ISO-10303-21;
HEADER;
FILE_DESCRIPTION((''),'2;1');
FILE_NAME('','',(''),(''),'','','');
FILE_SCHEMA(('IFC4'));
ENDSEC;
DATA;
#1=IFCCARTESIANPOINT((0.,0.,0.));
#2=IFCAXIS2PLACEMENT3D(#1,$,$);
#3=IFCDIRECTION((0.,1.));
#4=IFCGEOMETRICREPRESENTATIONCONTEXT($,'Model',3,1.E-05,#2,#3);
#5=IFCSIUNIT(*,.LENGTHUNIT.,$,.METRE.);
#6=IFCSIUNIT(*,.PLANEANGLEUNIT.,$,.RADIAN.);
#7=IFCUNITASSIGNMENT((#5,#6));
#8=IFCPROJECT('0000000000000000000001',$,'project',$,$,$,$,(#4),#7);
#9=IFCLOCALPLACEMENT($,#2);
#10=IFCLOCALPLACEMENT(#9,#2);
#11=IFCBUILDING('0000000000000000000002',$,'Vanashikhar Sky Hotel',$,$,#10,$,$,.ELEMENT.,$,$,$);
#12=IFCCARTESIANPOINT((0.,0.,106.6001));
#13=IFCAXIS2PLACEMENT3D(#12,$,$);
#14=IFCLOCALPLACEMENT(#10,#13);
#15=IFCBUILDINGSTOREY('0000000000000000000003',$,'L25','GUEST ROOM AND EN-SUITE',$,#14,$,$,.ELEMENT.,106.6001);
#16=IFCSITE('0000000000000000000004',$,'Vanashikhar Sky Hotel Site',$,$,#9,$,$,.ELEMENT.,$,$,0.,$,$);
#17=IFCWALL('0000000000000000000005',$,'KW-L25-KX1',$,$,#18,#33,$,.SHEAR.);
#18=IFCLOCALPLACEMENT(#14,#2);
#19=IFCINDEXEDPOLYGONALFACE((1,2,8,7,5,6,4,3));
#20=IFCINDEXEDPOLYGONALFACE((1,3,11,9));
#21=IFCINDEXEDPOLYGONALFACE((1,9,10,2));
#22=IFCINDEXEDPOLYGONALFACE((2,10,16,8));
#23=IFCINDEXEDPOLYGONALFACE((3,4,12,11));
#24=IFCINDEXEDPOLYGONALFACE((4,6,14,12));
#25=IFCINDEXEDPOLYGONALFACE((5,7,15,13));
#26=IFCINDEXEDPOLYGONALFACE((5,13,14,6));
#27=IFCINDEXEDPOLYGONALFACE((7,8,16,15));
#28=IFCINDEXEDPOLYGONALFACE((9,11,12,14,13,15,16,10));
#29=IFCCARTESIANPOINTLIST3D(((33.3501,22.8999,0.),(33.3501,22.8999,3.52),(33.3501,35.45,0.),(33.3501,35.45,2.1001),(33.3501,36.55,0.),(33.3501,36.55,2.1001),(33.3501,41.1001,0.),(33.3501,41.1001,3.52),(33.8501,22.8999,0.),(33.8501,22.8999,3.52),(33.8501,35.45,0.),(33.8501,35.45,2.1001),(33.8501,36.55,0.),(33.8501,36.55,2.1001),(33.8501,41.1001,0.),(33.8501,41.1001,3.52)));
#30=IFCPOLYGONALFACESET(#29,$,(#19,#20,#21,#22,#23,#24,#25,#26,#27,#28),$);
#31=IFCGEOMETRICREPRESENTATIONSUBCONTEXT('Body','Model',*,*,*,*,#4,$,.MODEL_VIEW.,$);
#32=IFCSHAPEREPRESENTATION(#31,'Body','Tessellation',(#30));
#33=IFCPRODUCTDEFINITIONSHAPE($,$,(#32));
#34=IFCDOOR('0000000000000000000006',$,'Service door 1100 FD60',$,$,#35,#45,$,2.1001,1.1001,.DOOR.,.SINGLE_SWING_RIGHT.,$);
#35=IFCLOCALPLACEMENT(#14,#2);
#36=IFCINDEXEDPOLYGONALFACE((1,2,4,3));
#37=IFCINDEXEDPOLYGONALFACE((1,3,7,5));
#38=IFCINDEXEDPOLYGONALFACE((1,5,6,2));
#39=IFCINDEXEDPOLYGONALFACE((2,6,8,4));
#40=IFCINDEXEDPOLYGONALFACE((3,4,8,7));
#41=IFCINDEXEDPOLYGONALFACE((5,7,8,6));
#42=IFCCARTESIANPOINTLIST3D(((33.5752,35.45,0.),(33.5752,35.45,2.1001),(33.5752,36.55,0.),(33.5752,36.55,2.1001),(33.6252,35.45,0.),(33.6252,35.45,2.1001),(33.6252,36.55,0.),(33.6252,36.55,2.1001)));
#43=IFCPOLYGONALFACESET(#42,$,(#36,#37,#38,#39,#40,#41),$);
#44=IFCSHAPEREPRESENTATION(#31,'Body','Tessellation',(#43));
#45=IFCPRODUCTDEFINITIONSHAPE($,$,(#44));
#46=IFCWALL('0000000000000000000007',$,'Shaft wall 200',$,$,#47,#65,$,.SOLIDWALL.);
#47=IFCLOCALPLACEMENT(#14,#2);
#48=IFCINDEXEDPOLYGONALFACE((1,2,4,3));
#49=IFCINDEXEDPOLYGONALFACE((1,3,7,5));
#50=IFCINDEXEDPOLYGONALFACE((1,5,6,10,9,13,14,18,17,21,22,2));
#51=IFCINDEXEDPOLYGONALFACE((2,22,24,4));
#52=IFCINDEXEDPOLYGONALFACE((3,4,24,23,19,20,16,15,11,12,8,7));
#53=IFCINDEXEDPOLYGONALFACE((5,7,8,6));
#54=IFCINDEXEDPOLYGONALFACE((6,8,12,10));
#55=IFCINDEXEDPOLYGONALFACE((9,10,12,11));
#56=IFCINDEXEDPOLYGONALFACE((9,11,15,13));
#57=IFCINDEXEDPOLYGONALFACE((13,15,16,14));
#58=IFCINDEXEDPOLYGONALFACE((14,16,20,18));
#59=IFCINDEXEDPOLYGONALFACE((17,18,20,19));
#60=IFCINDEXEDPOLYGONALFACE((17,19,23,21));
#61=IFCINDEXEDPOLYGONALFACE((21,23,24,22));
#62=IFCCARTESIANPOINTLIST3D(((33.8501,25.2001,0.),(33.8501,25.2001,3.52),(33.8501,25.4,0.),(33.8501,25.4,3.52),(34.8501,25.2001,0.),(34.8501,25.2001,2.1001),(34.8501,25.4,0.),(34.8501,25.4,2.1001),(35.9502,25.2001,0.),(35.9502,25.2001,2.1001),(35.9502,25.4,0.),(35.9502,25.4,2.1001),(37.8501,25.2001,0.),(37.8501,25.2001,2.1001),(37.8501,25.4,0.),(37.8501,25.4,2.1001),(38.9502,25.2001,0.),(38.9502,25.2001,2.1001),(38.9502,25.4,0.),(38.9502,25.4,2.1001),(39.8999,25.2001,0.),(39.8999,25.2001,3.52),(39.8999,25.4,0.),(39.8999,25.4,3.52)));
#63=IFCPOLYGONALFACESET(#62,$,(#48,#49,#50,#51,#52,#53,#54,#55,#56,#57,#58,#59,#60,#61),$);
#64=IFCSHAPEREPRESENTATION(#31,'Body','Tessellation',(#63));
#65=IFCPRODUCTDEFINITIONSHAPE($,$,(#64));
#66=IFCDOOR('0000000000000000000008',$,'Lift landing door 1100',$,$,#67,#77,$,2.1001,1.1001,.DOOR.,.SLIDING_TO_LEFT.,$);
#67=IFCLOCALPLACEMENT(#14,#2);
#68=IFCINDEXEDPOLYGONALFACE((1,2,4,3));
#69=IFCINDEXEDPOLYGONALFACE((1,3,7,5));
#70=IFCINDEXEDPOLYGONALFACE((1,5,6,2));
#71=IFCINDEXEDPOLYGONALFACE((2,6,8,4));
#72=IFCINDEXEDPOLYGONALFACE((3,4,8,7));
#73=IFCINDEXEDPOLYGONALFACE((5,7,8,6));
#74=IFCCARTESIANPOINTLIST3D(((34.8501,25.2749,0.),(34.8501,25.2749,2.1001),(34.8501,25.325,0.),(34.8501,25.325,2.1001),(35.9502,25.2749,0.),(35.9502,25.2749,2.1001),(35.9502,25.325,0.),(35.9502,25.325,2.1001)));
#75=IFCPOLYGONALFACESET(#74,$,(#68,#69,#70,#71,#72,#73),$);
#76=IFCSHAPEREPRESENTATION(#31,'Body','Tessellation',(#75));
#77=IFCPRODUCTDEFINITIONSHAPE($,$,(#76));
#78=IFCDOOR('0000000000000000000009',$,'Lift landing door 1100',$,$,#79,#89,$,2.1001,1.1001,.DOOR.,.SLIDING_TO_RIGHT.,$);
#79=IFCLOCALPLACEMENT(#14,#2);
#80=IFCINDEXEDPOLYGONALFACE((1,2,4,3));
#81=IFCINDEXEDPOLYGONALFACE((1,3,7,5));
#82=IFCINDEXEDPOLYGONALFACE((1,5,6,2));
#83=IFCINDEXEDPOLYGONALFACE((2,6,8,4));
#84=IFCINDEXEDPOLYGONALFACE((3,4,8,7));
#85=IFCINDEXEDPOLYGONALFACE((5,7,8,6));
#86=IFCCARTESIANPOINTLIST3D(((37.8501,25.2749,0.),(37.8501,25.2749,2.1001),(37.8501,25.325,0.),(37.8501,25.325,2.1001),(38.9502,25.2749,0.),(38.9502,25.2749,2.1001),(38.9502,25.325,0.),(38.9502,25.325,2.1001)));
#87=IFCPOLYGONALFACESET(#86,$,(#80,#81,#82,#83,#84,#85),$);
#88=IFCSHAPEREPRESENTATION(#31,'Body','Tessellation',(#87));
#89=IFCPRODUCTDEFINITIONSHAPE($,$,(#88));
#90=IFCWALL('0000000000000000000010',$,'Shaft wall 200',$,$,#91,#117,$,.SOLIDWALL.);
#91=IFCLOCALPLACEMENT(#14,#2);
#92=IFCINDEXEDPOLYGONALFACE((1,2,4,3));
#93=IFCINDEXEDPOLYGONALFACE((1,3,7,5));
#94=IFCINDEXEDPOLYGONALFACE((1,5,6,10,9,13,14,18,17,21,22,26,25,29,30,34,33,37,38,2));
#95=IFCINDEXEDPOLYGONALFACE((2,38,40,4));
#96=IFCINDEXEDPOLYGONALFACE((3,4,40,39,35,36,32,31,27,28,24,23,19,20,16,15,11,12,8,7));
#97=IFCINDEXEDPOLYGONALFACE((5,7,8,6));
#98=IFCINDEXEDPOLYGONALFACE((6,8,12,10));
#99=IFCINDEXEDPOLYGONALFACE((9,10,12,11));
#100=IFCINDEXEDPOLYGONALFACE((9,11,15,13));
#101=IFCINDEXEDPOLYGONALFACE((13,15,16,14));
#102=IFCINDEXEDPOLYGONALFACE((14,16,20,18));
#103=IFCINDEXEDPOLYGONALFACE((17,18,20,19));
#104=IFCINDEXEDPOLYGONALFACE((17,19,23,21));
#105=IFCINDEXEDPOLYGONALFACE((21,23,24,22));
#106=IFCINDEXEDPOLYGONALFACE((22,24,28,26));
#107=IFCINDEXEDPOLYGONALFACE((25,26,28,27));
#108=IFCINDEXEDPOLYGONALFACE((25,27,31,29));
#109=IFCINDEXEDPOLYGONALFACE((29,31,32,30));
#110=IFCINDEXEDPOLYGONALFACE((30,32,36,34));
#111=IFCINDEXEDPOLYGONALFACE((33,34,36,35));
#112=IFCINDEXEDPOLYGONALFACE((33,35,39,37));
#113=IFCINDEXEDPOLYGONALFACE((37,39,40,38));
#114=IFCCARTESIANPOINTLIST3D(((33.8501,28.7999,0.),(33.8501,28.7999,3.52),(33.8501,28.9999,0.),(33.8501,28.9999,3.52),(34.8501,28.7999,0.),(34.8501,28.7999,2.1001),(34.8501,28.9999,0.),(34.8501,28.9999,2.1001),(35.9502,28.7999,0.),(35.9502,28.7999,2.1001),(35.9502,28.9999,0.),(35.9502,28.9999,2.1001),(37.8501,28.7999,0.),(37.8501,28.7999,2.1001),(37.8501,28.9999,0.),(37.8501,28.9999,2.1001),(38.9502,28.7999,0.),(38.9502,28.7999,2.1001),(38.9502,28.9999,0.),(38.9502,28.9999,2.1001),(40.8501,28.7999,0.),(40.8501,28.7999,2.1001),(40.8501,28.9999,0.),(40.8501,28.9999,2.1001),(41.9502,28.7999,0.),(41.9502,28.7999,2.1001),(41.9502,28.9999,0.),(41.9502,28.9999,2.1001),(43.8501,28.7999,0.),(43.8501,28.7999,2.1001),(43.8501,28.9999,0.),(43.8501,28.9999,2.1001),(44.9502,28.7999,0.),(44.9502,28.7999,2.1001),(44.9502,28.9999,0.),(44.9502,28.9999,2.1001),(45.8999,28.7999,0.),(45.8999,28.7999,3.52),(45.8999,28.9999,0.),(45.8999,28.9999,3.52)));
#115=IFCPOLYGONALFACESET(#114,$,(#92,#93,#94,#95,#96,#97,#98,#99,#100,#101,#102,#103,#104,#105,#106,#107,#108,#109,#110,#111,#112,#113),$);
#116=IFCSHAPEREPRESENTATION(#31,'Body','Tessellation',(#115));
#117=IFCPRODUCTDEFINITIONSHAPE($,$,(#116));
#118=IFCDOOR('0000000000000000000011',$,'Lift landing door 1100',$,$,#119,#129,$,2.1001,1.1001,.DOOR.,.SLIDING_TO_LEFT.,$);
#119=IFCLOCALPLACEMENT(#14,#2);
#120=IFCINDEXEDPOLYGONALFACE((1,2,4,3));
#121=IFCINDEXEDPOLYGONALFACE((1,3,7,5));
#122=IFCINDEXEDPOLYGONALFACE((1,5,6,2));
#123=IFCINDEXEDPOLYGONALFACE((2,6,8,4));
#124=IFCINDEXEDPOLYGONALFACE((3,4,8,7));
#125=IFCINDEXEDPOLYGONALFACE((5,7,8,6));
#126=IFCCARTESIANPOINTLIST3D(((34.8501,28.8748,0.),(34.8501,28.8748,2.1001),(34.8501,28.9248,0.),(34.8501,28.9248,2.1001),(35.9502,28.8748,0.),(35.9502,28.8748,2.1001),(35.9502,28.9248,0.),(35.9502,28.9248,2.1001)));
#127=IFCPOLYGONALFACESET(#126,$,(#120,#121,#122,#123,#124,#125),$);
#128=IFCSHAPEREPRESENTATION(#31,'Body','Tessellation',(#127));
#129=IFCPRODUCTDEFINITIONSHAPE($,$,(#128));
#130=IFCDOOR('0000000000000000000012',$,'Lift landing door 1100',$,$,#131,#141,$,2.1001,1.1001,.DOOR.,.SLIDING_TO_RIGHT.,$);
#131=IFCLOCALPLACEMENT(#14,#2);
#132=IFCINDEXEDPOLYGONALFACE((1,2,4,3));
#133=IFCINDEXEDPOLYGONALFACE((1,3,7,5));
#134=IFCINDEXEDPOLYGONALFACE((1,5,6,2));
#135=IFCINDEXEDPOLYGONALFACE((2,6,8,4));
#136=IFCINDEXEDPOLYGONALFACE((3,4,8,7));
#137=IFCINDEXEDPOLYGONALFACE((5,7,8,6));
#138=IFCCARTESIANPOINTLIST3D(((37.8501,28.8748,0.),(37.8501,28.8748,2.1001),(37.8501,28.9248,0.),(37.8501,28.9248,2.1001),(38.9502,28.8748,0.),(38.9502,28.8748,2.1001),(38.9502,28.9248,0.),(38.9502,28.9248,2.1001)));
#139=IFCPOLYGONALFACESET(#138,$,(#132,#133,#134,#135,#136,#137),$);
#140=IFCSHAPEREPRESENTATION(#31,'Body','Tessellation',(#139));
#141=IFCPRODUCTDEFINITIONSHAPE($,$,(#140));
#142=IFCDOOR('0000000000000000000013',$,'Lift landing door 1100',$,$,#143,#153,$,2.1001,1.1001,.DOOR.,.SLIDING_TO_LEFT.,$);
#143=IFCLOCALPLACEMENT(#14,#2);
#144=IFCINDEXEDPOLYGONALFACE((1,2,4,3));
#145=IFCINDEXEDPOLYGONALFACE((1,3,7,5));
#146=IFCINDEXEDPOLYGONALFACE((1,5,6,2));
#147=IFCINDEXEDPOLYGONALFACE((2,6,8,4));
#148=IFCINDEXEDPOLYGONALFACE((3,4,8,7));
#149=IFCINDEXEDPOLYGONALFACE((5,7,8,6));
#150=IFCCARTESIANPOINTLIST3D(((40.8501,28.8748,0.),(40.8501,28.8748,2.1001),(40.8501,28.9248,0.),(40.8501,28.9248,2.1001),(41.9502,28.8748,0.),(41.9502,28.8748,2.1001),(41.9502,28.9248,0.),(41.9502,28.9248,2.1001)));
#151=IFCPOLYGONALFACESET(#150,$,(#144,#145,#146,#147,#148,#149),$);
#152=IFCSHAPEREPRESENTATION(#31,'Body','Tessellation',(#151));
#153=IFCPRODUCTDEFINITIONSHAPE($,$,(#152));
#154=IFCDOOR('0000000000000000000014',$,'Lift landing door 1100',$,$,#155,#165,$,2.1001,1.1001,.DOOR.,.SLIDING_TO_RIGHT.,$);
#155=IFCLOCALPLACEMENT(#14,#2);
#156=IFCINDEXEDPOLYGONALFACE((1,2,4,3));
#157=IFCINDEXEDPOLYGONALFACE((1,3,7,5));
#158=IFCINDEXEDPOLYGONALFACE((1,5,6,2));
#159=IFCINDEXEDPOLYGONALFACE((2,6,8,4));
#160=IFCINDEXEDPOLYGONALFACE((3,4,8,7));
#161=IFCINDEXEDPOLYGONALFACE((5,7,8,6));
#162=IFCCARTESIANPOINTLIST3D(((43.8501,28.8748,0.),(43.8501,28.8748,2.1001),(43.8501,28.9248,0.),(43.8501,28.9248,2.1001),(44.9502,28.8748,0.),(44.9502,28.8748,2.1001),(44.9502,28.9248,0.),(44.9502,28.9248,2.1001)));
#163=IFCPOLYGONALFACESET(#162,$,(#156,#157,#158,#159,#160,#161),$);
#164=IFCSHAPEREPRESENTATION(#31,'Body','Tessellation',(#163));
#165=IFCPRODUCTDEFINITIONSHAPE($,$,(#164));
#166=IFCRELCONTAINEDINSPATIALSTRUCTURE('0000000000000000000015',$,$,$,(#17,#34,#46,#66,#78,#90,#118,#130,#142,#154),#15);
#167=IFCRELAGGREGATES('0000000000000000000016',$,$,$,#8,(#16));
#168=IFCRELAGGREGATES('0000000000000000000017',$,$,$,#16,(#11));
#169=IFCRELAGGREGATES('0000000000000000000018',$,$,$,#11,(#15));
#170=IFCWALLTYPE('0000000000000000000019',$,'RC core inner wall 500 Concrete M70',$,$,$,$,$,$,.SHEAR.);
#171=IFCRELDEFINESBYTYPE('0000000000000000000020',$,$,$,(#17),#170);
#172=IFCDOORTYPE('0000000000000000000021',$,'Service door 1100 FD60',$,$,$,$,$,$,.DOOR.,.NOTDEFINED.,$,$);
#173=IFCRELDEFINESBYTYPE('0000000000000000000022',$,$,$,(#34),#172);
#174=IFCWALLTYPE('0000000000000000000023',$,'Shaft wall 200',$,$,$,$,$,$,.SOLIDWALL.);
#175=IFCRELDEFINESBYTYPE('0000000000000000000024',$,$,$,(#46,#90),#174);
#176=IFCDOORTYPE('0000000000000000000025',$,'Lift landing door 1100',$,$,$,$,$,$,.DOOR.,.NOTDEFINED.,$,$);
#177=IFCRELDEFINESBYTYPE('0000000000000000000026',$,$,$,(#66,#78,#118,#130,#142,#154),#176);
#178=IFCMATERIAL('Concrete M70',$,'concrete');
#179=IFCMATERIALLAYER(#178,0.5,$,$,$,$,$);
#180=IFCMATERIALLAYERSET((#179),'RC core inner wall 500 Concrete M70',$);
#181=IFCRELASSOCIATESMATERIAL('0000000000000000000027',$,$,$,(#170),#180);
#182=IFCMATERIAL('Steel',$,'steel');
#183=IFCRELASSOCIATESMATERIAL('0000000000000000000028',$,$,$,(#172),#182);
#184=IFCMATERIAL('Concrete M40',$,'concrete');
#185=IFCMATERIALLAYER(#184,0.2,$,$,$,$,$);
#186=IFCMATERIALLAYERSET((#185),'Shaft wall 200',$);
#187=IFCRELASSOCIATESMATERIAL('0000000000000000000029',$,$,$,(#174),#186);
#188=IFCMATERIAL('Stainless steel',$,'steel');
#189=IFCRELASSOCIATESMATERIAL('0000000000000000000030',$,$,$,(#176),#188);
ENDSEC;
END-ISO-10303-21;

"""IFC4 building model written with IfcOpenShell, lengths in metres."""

from ifc_helpers import new_model, si_unit, direction, frame, frame_2d, origin, place, context, subcontext, project, spatial, rectangle, extrude, source, transform, mapped, material, layer, layer_set, type_object, element, fill, save


model = new_model("IFC4")

# Units and contexts
model_context = context("Model", 3, precision=1e-05, world=origin(), true_north=direction((0.0, 1.0)))
body_context = subcontext(model_context, "Body", "Model", "MODEL_VIEW")
ifc_project = project(units=[si_unit("LENGTHUNIT", "METRE"), si_unit("PLANEANGLEUNIT", "RADIAN")], contexts=[model_context])

# Site, building, storey
site_placement = place(None, origin())
site = spatial("IfcSite", under=ifc_project, at=site_placement, Name="Vanashikhar Sky Hotel Site", CompositionType="ELEMENT", RefElevation=0.0)
building_placement = place(site_placement, origin())
building = spatial("IfcBuilding", under=site, at=building_placement, Name="Vanashikhar Sky Hotel", CompositionType="ELEMENT")
storey_placement = place(building_placement, frame((0.0, 0.0, 106.6001)))
storey = spatial("IfcBuildingStorey", under=building, at=storey_placement, Name="L25", Description="GUEST ROOM AND EN-SUITE", CompositionType="ELEMENT", Elevation=106.6001)

# Wall, opening, door
ifc_material_1 = material(Name="Concrete M70", Category="concrete")
ifc_layer_1 = layer(ifc_material_1, 0.5)
ifc_layer_set_1 = layer_set([ifc_layer_1], Name="RC core inner wall 500 Concrete M70")
wall_type_1 = type_object("IfcWallType", Name="RC core inner wall 500 Concrete M70", PredefinedType="SHEAR", material=ifc_layer_set_1)
shared_shape_1 = source(origin(), body_context, "Body", "SweptSolid", [
    extrude(rectangle(XDim=18.2002, YDim=0.5, at=frame_2d((9.1001, 0.0))), origin(), (0.0, 0.0, 1.0), 3.52),
])
wall_1_placement = place(storey_placement, frame((33.6001, 22.8999, 0.0), z_axis=(0.0, 0.0, 1.0), x_axis=(0.0, 1.0, 0.0)))
wall_1 = element("IfcWall", 1, at=wall_1_placement, inside=storey, type_object=wall_type_1, Name="KW-L25-KX1", PredefinedType="SHEAR", context=body_context, shape_type="MappedRepresentation", body=[
    mapped(shared_shape_1, transform((0.0, 0.0, 0.0), scale=1.0)),
])
shared_shape_2 = source(origin(), body_context, "Body", "SweptSolid", [
    extrude(rectangle(XDim=1.1001, YDim=2.1001, at=frame_2d((0.55, 1.05))), frame((0.0, 0.26, 0.0), z_axis=(0.0, -1.0, 0.0), x_axis=(1.0, 0.0, 0.0)), (0.0, 0.0, 1.0), 0.52),
])
opening_1_placement = place(wall_1_placement, frame((12.55, 0.0, 0.0)))
opening_1 = element("IfcOpeningElement", 2, at=opening_1_placement, cuts=wall_1, PredefinedType="OPENING", context=body_context, shape_type="MappedRepresentation", body=[
    mapped(shared_shape_2, transform((0.0, 0.0, 0.0), scale=1.0)),
])
ifc_material_2 = material(Name="Steel", Category="steel")
door_type_1 = type_object("IfcDoorType", Name="Service door 1100 FD60", OperationType="NOTDEFINED", PredefinedType="DOOR", material=ifc_material_2)
shared_shape_3 = source(origin(), body_context, "Body", "SweptSolid", [
    extrude(rectangle(XDim=1.1001, YDim=2.1001, at=frame_2d((0.55, 1.05))), frame((0.0, 0.0249, 0.0), z_axis=(0.0, -1.0, 0.0), x_axis=(1.0, 0.0, 0.0)), (0.0, 0.0, 1.0), 0.05),
])
door_1_placement = place(opening_1_placement, origin())
door_1 = element("IfcDoor", 3, at=door_1_placement, inside=storey, type_object=door_type_1, Name="Service door 1100 FD60", OperationType="SINGLE_SWING_RIGHT", OverallHeight=2.1001, OverallWidth=1.1001, PredefinedType="DOOR", context=body_context, shape_type="MappedRepresentation", body=[
    mapped(shared_shape_3, transform((0.0, 0.0, 0.0), scale=1.0)),
])
fill(opening_1, door_1)

# Walls, openings, doors
ifc_material_3 = material(Name="Concrete M40", Category="concrete")
ifc_layer_2 = layer(ifc_material_3, 0.2)
ifc_layer_set_2 = layer_set([ifc_layer_2], Name="Shaft wall 200")
wall_type_2 = type_object("IfcWallType", Name="Shaft wall 200", PredefinedType="SOLIDWALL", material=ifc_layer_set_2)
shared_shape_4 = source(origin(), body_context, "Body", "SweptSolid", [
    extrude(rectangle(XDim=6.0498, YDim=0.2, at=frame_2d((3.0249, 0.0))), origin(), (0.0, 0.0, 1.0), 3.52),
])
wall_2_placement = place(storey_placement, frame((33.8501, 25.3, 0.0), z_axis=(0.0, 0.0, 1.0), x_axis=(1.0, 0.0, 0.0)))
wall_2 = element("IfcWall", 4, at=wall_2_placement, inside=storey, type_object=wall_type_2, Name="Shaft wall 200", PredefinedType="SOLIDWALL", context=body_context, shape_type="MappedRepresentation", body=[
    mapped(shared_shape_4, transform((0.0, 0.0, 0.0), scale=1.0)),
])
shared_shape_5 = source(origin(), body_context, "Body", "SweptSolid", [
    extrude(rectangle(XDim=1.1001, YDim=2.1001, at=frame_2d((0.55, 1.05))), frame((0.0, 0.1099, 0.0), z_axis=(0.0, -1.0, 0.0), x_axis=(1.0, 0.0, 0.0)), (0.0, 0.0, 1.0), 0.22),
])
opening_2_placement = place(wall_2_placement, frame((1.0, 0.0, 0.0)))
opening_2 = element("IfcOpeningElement", 5, at=opening_2_placement, cuts=wall_2, PredefinedType="OPENING", context=body_context, shape_type="MappedRepresentation", body=[
    mapped(shared_shape_5, transform((0.0, 0.0, 0.0), scale=1.0)),
])
opening_3_placement = place(wall_2_placement, frame((4.0, 0.0, 0.0)))
opening_3 = element("IfcOpeningElement", 6, at=opening_3_placement, cuts=wall_2, PredefinedType="OPENING", context=body_context, shape_type="MappedRepresentation", body=[
    mapped(shared_shape_5, transform((0.0, 0.0, 0.0), scale=1.0)),
])
ifc_material_4 = material(Name="Stainless steel", Category="steel")
door_type_2 = type_object("IfcDoorType", Name="Lift landing door 1100", OperationType="NOTDEFINED", PredefinedType="DOOR", material=ifc_material_4)
door_2_placement = place(opening_2_placement, origin())
door_2 = element("IfcDoor", 7, at=door_2_placement, inside=storey, type_object=door_type_2, Name="Lift landing door 1100", OperationType="SLIDING_TO_LEFT", OverallHeight=2.1001, OverallWidth=1.1001, PredefinedType="DOOR", context=body_context, shape_type="MappedRepresentation", body=[
    mapped(shared_shape_3, transform((0.0, 0.0, 0.0), scale=1.0)),
])
fill(opening_2, door_2)
door_3_placement = place(opening_3_placement, origin())
door_3 = element("IfcDoor", 8, at=door_3_placement, inside=storey, type_object=door_type_2, Name="Lift landing door 1100", OperationType="SLIDING_TO_RIGHT", OverallHeight=2.1001, OverallWidth=1.1001, PredefinedType="DOOR", context=body_context, shape_type="MappedRepresentation", body=[
    mapped(shared_shape_3, transform((0.0, 0.0, 0.0), scale=1.0)),
])
fill(opening_3, door_3)
shared_shape_6 = source(origin(), body_context, "Body", "SweptSolid", [
    extrude(rectangle(XDim=12.0498, YDim=0.2, at=frame_2d((6.0249, 0.0))), origin(), (0.0, 0.0, 1.0), 3.52),
])
wall_3_placement = place(storey_placement, frame((33.8501, 28.8999, 0.0), z_axis=(0.0, 0.0, 1.0), x_axis=(1.0, 0.0, 0.0)))
wall_3 = element("IfcWall", 9, at=wall_3_placement, inside=storey, type_object=wall_type_2, Name="Shaft wall 200", PredefinedType="SOLIDWALL", context=body_context, shape_type="MappedRepresentation", body=[
    mapped(shared_shape_6, transform((0.0, 0.0, 0.0), scale=1.0)),
])
opening_4_placement = place(wall_3_placement, frame((1.0, 0.0, 0.0)))
opening_4 = element("IfcOpeningElement", 10, at=opening_4_placement, cuts=wall_3, PredefinedType="OPENING", context=body_context, shape_type="MappedRepresentation", body=[
    mapped(shared_shape_5, transform((0.0, 0.0, 0.0), scale=1.0)),
])
opening_5_placement = place(wall_3_placement, frame((4.0, 0.0, 0.0)))
opening_5 = element("IfcOpeningElement", 11, at=opening_5_placement, cuts=wall_3, PredefinedType="OPENING", context=body_context, shape_type="MappedRepresentation", body=[
    mapped(shared_shape_5, transform((0.0, 0.0, 0.0), scale=1.0)),
])
opening_6_placement = place(wall_3_placement, frame((7.0, 0.0, 0.0)))
opening_6 = element("IfcOpeningElement", 12, at=opening_6_placement, cuts=wall_3, PredefinedType="OPENING", context=body_context, shape_type="MappedRepresentation", body=[
    mapped(shared_shape_5, transform((0.0, 0.0, 0.0), scale=1.0)),
])
opening_7_placement = place(wall_3_placement, frame((10.0, 0.0, 0.0)))
opening_7 = element("IfcOpeningElement", 13, at=opening_7_placement, cuts=wall_3, PredefinedType="OPENING", context=body_context, shape_type="MappedRepresentation", body=[
    mapped(shared_shape_5, transform((0.0, 0.0, 0.0), scale=1.0)),
])
door_4_placement = place(opening_4_placement, origin())
door_4 = element("IfcDoor", 14, at=door_4_placement, inside=storey, type_object=door_type_2, Name="Lift landing door 1100", OperationType="SLIDING_TO_LEFT", OverallHeight=2.1001, OverallWidth=1.1001, PredefinedType="DOOR", context=body_context, shape_type="MappedRepresentation", body=[
    mapped(shared_shape_3, transform((0.0, 0.0, 0.0), scale=1.0)),
])
fill(opening_4, door_4)
door_5_placement = place(opening_5_placement, origin())
door_5 = element("IfcDoor", 15, at=door_5_placement, inside=storey, type_object=door_type_2, Name="Lift landing door 1100", OperationType="SLIDING_TO_RIGHT", OverallHeight=2.1001, OverallWidth=1.1001, PredefinedType="DOOR", context=body_context, shape_type="MappedRepresentation", body=[
    mapped(shared_shape_3, transform((0.0, 0.0, 0.0), scale=1.0)),
])
fill(opening_5, door_5)
door_6_placement = place(opening_6_placement, origin())
door_6 = element("IfcDoor", 16, at=door_6_placement, inside=storey, type_object=door_type_2, Name="Lift landing door 1100", OperationType="SLIDING_TO_LEFT", OverallHeight=2.1001, OverallWidth=1.1001, PredefinedType="DOOR", context=body_context, shape_type="MappedRepresentation", body=[
    mapped(shared_shape_3, transform((0.0, 0.0, 0.0), scale=1.0)),
])
fill(opening_6, door_6)
door_7_placement = place(opening_7_placement, origin())
door_7 = element("IfcDoor", 17, at=door_7_placement, inside=storey, type_object=door_type_2, Name="Lift landing door 1100", OperationType="SLIDING_TO_RIGHT", OverallHeight=2.1001, OverallWidth=1.1001, PredefinedType="DOOR", context=body_context, shape_type="MappedRepresentation", body=[
    mapped(shared_shape_3, transform((0.0, 0.0, 0.0), scale=1.0)),
])
fill(opening_7, door_7)

save(model, "model.ifc")
